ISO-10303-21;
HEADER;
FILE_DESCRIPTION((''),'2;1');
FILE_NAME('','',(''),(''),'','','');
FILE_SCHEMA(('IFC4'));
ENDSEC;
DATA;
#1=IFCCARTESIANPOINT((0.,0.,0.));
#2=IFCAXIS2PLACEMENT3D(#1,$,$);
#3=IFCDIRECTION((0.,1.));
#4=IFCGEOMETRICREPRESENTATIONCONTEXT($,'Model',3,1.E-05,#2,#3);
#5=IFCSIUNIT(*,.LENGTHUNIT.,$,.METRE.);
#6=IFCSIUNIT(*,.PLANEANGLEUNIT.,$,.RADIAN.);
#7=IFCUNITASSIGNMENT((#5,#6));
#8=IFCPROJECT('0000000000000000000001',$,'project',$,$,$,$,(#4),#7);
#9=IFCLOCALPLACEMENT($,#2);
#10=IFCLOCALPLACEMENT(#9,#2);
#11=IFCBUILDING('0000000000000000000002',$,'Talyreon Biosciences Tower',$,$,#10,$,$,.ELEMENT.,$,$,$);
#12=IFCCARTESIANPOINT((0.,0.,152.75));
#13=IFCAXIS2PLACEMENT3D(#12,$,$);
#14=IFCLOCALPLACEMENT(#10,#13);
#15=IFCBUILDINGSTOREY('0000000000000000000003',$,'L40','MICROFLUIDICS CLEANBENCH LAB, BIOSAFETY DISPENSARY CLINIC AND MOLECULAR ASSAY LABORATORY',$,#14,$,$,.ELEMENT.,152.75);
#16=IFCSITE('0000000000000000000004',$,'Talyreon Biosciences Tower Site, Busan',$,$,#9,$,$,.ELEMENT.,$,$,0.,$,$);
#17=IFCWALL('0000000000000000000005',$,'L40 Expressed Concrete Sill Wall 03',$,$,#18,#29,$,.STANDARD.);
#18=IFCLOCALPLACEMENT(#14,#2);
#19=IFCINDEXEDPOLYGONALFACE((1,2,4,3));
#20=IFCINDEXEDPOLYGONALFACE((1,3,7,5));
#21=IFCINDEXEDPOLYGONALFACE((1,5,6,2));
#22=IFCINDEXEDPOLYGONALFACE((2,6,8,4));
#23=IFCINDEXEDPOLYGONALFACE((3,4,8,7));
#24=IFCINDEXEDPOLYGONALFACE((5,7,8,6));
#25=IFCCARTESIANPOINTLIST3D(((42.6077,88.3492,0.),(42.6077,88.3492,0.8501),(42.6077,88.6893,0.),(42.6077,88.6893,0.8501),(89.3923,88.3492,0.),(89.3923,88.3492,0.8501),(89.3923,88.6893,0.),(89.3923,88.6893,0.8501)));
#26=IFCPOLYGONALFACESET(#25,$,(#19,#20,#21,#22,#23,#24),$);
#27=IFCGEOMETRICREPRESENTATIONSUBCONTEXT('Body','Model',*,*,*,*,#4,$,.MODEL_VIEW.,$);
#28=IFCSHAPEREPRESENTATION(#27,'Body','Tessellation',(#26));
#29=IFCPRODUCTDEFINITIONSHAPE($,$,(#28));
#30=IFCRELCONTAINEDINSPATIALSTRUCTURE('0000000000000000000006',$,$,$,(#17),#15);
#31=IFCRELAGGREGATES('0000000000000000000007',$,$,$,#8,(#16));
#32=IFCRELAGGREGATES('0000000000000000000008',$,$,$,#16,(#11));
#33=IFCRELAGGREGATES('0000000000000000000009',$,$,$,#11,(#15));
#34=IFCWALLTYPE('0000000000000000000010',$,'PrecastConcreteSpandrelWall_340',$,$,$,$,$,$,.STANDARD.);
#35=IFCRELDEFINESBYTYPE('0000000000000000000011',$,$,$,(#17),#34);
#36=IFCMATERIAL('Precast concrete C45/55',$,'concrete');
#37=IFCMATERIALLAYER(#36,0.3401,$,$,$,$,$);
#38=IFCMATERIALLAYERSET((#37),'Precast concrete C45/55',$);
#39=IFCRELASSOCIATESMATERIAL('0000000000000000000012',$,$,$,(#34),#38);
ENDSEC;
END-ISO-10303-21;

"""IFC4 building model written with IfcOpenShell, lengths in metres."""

from ifc_helpers import new_model, si_unit, direction, frame, frame_2d, origin, place, context, subcontext, project, spatial, rectangle, extrude, material, layer, layer_set, type_object, element, save


model = new_model("IFC4")

# Units and contexts
model_context = context("Model", 3, precision=1e-05, world=origin(), true_north=direction((0.0, 1.0)))
body_context = subcontext(model_context, "Body", "Model", "MODEL_VIEW")
ifc_project = project(units=[si_unit("LENGTHUNIT", "METRE"), si_unit("PLANEANGLEUNIT", "RADIAN")], contexts=[model_context])

# Site, building, storey
site_placement = place(None, origin())
site = spatial("IfcSite", under=ifc_project, at=site_placement, Name="Talyreon Biosciences Tower Site, Busan", CompositionType="ELEMENT", RefElevation=0.0)
building_placement = place(site_placement, origin())
building = spatial("IfcBuilding", under=site, at=building_placement, Name="Talyreon Biosciences Tower", CompositionType="ELEMENT")
storey_placement = place(building_placement, frame((0.0, 0.0, 152.75)))
storey = spatial("IfcBuildingStorey", under=building, at=storey_placement, Name="L40", Description="MICROFLUIDICS CLEANBENCH LAB, BIOSAFETY DISPENSARY CLINIC AND MOLECULAR ASSAY LABORATORY", CompositionType="ELEMENT", Elevation=152.75)

# Shared definitions
ifc_material_1 = material(Name="Precast concrete C45/55", Category="concrete")

# Wall
ifc_layer_1 = layer(ifc_material_1, 0.3401)
ifc_layer_set_1 = layer_set([ifc_layer_1], Name="Precast concrete C45/55")
wall_type_1 = type_object("IfcWallType", Name="PrecastConcreteSpandrelWall_340", PredefinedType="STANDARD", material=ifc_layer_set_1)
wall_1_placement = place(storey_placement, frame((42.6077, 88.5193, 0.0), z_axis=(0.0, 0.0, 1.0), x_axis=(1.0, 0.0, 0.0)))
element("IfcWall", 1, at=wall_1_placement, inside=storey, type_object=wall_type_1, Name="L40 Expressed Concrete Sill Wall 03", PredefinedType="STANDARD", context=body_context, shape_type="SweptSolid", body=[
    extrude(rectangle(XDim=46.7847, YDim=0.3401, at=frame_2d((23.3923, 0.0))), origin(), (0.0, 0.0, 1.0), 0.8501),
])

save(model, "model.ifc")
